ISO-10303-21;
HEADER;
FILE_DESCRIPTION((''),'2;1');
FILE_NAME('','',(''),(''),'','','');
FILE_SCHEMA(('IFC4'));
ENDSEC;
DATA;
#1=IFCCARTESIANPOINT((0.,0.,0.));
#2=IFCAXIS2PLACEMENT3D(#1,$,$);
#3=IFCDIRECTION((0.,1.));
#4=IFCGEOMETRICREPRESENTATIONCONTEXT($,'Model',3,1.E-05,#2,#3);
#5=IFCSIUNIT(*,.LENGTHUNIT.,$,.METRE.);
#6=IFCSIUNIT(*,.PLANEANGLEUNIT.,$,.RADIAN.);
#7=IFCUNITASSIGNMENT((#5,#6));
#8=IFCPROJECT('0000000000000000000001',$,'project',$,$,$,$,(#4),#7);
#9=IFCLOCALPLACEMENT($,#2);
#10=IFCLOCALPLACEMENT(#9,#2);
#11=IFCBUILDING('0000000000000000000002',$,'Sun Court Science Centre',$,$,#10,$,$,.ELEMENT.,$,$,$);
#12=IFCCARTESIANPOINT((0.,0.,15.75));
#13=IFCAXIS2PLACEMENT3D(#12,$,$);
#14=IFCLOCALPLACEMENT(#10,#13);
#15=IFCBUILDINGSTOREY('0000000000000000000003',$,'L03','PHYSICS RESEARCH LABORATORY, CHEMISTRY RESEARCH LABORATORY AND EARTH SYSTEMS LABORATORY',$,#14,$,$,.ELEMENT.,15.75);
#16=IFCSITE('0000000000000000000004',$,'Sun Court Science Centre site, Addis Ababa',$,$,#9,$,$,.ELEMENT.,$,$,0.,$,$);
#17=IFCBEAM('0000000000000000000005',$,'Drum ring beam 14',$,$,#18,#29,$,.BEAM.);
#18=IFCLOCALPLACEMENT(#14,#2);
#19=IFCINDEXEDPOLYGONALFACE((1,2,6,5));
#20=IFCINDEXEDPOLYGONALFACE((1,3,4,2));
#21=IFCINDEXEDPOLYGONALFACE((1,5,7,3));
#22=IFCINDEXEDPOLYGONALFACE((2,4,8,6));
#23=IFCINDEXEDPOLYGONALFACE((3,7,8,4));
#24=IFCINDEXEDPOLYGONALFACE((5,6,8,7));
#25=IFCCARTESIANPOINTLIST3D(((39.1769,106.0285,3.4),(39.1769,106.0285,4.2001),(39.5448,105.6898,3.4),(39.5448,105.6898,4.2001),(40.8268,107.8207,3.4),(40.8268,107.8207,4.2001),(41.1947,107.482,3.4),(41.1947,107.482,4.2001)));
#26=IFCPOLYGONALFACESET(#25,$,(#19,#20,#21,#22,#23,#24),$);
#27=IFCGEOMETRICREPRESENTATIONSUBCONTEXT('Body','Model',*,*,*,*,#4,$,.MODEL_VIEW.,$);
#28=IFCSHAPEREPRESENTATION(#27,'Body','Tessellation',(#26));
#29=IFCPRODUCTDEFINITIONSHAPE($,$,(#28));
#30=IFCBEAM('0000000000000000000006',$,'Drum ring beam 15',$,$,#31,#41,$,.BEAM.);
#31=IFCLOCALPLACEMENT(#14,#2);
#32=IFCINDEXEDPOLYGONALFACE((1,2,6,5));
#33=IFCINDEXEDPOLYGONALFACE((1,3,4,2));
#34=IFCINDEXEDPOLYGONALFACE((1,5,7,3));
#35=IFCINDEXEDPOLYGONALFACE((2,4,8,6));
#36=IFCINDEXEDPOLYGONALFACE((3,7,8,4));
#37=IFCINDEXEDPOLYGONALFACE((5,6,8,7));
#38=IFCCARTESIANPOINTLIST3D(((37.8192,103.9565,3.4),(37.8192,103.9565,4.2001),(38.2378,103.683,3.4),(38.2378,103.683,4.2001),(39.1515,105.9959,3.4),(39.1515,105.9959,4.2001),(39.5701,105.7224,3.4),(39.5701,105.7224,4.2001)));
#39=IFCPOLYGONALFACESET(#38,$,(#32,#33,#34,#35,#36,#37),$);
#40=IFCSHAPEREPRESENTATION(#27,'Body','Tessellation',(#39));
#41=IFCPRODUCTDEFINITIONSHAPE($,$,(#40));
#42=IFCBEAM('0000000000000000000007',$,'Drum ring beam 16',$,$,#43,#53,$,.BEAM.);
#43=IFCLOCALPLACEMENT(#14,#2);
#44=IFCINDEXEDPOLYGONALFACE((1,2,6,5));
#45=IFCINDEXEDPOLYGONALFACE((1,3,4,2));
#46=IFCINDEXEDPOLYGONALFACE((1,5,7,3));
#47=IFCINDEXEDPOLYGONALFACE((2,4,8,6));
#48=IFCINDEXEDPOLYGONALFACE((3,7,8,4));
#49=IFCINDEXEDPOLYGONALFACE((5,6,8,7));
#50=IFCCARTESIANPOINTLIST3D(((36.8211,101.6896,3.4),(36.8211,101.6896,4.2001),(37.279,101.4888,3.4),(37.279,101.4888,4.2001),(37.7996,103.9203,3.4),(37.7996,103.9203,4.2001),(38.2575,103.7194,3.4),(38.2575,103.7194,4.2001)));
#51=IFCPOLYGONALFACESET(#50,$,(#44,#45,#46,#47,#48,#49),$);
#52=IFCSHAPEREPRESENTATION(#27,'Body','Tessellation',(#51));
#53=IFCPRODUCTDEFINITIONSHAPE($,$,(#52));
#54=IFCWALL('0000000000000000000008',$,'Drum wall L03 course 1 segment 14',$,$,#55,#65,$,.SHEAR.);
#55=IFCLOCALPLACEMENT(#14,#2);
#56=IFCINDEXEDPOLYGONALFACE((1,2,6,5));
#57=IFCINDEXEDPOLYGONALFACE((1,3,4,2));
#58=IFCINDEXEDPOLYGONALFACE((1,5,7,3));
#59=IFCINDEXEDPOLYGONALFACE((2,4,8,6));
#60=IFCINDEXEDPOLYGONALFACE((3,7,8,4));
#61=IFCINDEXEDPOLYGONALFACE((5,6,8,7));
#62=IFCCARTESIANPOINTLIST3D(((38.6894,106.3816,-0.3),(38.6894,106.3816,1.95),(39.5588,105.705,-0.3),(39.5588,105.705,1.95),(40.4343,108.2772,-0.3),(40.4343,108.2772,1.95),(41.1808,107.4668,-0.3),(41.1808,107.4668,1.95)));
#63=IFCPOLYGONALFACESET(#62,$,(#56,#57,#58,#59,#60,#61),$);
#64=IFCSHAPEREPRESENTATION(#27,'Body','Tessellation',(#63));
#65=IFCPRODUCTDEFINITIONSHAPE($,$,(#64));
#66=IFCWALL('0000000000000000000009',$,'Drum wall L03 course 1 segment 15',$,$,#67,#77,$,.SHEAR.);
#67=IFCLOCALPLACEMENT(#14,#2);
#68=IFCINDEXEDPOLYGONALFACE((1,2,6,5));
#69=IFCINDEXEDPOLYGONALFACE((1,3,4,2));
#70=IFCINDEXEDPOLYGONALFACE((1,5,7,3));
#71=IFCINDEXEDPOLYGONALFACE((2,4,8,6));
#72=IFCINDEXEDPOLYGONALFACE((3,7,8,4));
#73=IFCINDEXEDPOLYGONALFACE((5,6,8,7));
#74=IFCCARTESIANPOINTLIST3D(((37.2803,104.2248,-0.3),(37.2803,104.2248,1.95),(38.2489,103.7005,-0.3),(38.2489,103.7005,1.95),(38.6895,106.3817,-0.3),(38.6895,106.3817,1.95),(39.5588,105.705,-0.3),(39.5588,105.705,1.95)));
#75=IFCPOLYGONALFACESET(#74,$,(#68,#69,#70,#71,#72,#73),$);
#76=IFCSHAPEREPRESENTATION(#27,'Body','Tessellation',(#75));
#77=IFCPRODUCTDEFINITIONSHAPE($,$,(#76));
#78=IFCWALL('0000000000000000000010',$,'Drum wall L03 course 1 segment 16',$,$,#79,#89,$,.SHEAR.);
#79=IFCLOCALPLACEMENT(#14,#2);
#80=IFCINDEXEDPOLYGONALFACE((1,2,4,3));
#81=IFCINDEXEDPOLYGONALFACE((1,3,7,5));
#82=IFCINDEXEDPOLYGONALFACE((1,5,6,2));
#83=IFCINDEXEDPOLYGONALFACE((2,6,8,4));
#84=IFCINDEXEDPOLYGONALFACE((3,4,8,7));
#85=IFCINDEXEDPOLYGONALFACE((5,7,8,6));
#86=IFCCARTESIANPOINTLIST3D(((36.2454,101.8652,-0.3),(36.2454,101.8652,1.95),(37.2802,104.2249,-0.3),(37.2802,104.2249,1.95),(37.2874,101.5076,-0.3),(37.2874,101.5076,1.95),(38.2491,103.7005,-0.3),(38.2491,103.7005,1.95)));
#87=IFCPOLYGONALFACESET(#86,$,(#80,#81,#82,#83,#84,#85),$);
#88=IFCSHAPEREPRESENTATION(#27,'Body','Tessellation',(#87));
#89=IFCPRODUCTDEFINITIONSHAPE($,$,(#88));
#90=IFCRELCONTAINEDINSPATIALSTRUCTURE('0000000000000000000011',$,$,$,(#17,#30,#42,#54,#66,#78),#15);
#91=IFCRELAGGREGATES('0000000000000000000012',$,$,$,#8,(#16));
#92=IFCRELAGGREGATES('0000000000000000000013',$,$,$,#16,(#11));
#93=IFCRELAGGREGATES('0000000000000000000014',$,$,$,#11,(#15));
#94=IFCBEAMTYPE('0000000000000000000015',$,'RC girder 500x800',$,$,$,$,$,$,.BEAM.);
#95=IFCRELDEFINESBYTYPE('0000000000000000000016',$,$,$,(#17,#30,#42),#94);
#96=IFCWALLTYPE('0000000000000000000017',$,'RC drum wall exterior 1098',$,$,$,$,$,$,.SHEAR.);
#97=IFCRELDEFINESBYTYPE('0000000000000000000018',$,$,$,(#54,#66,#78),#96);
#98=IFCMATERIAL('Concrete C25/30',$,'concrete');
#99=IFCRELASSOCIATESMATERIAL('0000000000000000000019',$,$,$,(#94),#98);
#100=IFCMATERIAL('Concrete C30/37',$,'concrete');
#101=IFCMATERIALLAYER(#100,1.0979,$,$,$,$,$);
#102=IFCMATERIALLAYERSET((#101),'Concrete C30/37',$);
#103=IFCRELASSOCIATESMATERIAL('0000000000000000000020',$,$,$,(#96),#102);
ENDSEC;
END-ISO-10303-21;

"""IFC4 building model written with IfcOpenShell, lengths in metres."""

from ifc_helpers import new_model, si_unit, direction, frame, origin, origin_2d, place, context, subcontext, project, spatial, polyline, rectangle, outline, extrude, material, layer, layer_set, material_profile, profile_set, type_object, element, save


model = new_model("IFC4")

# Units and contexts
model_context = context("Model", 3, precision=1e-05, world=origin(), true_north=direction((0.0, 1.0)))
body_context = subcontext(model_context, "Body", "Model", "MODEL_VIEW")
ifc_project = project(units=[si_unit("LENGTHUNIT", "METRE"), si_unit("PLANEANGLEUNIT", "RADIAN")], contexts=[model_context])

# Site, building, storey
site_placement = place(None, origin())
site = spatial("IfcSite", under=ifc_project, at=site_placement, Name="Sun Court Science Centre site, Addis Ababa", CompositionType="ELEMENT", RefElevation=0.0)
building_placement = place(site_placement, origin())
building = spatial("IfcBuilding", under=site, at=building_placement, Name="Sun Court Science Centre", CompositionType="ELEMENT")
storey_placement = place(building_placement, frame((0.0, 0.0, 15.75)))
storey = spatial("IfcBuildingStorey", under=building, at=storey_placement, Name="L03", Description="PHYSICS RESEARCH LABORATORY, CHEMISTRY RESEARCH LABORATORY AND EARTH SYSTEMS LABORATORY", CompositionType="ELEMENT", Elevation=15.75)

# Beams
ifc_material_1 = material(Name="Concrete C25/30", Category="concrete")
ifc_material_profile_1 = material_profile(ifc_material_1, rectangle(XDim=0.5, YDim=0.8, at=origin_2d()), Name="RC 500x800")
ifc_profile_set_1 = profile_set([ifc_material_profile_1], Name="Concrete C25/30")
beam_type = type_object("IfcBeamType", Name="RC girder 500x800", PredefinedType="BEAM", material=ifc_profile_set_1)
for number, where, z_axis, x_axis, name in (
    (1, (41.0107, 107.6514, 3.8), (-0.677289, -0.735717, 0.0), (0.735717, -0.677289, 0.0), "Drum ring beam 14"),
    (2, (39.3608, 105.8591, 3.8), (-0.546928, -0.83718, 0.0), (0.83718, -0.546928, 0.0), "Drum ring beam 15"),
):
    element("IfcBeam", number, at=place(storey_placement, frame(where, z_axis=z_axis, x_axis=x_axis)), inside=storey, type_object=beam_type, Name=name, PredefinedType="BEAM", context=body_context, shape_type="SweptSolid", body=[
        extrude(rectangle(XDim=0.5, YDim=0.8, at=origin_2d()), origin(), (0.0, 0.0, 1.0), 2.436),
    ])
beam_placement = place(storey_placement, frame((38.0286, 103.8198, 3.8), z_axis=(-0.401707, -0.915768, 0.0), x_axis=(0.915768, -0.401707, 0.0)))
element("IfcBeam", 3, at=beam_placement, inside=storey, type_object=beam_type, Name="Drum ring beam 16", PredefinedType="BEAM", context=body_context, shape_type="SweptSolid", body=[
    extrude(rectangle(XDim=0.5, YDim=0.8, at=origin_2d()), origin(), (0.0, 0.0, 1.0), 2.4358),
])

# Walls
ifc_material_2 = material(Name="Concrete C30/37", Category="concrete")
ifc_layer_1 = layer(ifc_material_2, 1.0979)
ifc_layer_set_1 = layer_set([ifc_layer_1], Name="Concrete C30/37")
wall_type_1 = type_object("IfcWallType", Name="RC drum wall exterior 1098", PredefinedType="SHEAR", material=ifc_layer_set_1)
wall_1_placement = place(storey_placement, frame((40.8384, 107.9055, -0.3), z_axis=(0.0, 0.0, 1.0), x_axis=(-0.677319, -0.735689, 0.0)))
element("IfcWall", 4, at=wall_1_placement, inside=storey, type_object=wall_type_1, Name="Drum wall L03 course 1 segment 14", PredefinedType="SHEAR", context=body_context, shape_type="SweptSolid", body=[
    extrude(outline(polyline([(0.0002, -0.5491), (2.5767, -0.5488), (2.4856, 0.5491), (0.0908, 0.5491), (0.0002, -0.5491)])), origin(), (0.0, 0.0, 1.0), 2.25),
])
wall_2_placement = place(storey_placement, frame((39.1489, 106.0815, -0.3), z_axis=(0.0, 0.0, 1.0), x_axis=(-0.546935, -0.837175, 0.0)))
element("IfcWall", 5, at=wall_2_placement, inside=storey, type_object=wall_type_1, Name="Drum wall L03 course 1 segment 15", PredefinedType="SHEAR", context=body_context, shape_type="SweptSolid", body=[
    extrude(outline(polyline([(0.0, -0.5488), (2.5764, -0.5488), (2.4856, 0.5488), (0.0911, 0.5491), (0.0, -0.5488)])), origin(), (0.0, 0.0, 1.0), 2.25),
])
wall_3_placement = place(storey_placement, frame((37.783, 104.0042, -0.3), z_axis=(0.0, 0.0, 1.0), x_axis=(-0.401694, -0.915774, 0.0)))
element("IfcWall", 6, at=wall_3_placement, inside=storey, type_object=wall_type_1, Name="Drum wall L03 course 1 segment 16", PredefinedType="SHEAR", context=body_context, shape_type="SweptSolid", body=[
    extrude(outline(polyline([(-0.0002, -0.5491), (2.5764, -0.5488), (2.4854, 0.5491), (0.0908, 0.5488), (-0.0002, -0.5491)])), origin(), (0.0, 0.0, 1.0), 2.25),
])

save(model, "model.ifc")
